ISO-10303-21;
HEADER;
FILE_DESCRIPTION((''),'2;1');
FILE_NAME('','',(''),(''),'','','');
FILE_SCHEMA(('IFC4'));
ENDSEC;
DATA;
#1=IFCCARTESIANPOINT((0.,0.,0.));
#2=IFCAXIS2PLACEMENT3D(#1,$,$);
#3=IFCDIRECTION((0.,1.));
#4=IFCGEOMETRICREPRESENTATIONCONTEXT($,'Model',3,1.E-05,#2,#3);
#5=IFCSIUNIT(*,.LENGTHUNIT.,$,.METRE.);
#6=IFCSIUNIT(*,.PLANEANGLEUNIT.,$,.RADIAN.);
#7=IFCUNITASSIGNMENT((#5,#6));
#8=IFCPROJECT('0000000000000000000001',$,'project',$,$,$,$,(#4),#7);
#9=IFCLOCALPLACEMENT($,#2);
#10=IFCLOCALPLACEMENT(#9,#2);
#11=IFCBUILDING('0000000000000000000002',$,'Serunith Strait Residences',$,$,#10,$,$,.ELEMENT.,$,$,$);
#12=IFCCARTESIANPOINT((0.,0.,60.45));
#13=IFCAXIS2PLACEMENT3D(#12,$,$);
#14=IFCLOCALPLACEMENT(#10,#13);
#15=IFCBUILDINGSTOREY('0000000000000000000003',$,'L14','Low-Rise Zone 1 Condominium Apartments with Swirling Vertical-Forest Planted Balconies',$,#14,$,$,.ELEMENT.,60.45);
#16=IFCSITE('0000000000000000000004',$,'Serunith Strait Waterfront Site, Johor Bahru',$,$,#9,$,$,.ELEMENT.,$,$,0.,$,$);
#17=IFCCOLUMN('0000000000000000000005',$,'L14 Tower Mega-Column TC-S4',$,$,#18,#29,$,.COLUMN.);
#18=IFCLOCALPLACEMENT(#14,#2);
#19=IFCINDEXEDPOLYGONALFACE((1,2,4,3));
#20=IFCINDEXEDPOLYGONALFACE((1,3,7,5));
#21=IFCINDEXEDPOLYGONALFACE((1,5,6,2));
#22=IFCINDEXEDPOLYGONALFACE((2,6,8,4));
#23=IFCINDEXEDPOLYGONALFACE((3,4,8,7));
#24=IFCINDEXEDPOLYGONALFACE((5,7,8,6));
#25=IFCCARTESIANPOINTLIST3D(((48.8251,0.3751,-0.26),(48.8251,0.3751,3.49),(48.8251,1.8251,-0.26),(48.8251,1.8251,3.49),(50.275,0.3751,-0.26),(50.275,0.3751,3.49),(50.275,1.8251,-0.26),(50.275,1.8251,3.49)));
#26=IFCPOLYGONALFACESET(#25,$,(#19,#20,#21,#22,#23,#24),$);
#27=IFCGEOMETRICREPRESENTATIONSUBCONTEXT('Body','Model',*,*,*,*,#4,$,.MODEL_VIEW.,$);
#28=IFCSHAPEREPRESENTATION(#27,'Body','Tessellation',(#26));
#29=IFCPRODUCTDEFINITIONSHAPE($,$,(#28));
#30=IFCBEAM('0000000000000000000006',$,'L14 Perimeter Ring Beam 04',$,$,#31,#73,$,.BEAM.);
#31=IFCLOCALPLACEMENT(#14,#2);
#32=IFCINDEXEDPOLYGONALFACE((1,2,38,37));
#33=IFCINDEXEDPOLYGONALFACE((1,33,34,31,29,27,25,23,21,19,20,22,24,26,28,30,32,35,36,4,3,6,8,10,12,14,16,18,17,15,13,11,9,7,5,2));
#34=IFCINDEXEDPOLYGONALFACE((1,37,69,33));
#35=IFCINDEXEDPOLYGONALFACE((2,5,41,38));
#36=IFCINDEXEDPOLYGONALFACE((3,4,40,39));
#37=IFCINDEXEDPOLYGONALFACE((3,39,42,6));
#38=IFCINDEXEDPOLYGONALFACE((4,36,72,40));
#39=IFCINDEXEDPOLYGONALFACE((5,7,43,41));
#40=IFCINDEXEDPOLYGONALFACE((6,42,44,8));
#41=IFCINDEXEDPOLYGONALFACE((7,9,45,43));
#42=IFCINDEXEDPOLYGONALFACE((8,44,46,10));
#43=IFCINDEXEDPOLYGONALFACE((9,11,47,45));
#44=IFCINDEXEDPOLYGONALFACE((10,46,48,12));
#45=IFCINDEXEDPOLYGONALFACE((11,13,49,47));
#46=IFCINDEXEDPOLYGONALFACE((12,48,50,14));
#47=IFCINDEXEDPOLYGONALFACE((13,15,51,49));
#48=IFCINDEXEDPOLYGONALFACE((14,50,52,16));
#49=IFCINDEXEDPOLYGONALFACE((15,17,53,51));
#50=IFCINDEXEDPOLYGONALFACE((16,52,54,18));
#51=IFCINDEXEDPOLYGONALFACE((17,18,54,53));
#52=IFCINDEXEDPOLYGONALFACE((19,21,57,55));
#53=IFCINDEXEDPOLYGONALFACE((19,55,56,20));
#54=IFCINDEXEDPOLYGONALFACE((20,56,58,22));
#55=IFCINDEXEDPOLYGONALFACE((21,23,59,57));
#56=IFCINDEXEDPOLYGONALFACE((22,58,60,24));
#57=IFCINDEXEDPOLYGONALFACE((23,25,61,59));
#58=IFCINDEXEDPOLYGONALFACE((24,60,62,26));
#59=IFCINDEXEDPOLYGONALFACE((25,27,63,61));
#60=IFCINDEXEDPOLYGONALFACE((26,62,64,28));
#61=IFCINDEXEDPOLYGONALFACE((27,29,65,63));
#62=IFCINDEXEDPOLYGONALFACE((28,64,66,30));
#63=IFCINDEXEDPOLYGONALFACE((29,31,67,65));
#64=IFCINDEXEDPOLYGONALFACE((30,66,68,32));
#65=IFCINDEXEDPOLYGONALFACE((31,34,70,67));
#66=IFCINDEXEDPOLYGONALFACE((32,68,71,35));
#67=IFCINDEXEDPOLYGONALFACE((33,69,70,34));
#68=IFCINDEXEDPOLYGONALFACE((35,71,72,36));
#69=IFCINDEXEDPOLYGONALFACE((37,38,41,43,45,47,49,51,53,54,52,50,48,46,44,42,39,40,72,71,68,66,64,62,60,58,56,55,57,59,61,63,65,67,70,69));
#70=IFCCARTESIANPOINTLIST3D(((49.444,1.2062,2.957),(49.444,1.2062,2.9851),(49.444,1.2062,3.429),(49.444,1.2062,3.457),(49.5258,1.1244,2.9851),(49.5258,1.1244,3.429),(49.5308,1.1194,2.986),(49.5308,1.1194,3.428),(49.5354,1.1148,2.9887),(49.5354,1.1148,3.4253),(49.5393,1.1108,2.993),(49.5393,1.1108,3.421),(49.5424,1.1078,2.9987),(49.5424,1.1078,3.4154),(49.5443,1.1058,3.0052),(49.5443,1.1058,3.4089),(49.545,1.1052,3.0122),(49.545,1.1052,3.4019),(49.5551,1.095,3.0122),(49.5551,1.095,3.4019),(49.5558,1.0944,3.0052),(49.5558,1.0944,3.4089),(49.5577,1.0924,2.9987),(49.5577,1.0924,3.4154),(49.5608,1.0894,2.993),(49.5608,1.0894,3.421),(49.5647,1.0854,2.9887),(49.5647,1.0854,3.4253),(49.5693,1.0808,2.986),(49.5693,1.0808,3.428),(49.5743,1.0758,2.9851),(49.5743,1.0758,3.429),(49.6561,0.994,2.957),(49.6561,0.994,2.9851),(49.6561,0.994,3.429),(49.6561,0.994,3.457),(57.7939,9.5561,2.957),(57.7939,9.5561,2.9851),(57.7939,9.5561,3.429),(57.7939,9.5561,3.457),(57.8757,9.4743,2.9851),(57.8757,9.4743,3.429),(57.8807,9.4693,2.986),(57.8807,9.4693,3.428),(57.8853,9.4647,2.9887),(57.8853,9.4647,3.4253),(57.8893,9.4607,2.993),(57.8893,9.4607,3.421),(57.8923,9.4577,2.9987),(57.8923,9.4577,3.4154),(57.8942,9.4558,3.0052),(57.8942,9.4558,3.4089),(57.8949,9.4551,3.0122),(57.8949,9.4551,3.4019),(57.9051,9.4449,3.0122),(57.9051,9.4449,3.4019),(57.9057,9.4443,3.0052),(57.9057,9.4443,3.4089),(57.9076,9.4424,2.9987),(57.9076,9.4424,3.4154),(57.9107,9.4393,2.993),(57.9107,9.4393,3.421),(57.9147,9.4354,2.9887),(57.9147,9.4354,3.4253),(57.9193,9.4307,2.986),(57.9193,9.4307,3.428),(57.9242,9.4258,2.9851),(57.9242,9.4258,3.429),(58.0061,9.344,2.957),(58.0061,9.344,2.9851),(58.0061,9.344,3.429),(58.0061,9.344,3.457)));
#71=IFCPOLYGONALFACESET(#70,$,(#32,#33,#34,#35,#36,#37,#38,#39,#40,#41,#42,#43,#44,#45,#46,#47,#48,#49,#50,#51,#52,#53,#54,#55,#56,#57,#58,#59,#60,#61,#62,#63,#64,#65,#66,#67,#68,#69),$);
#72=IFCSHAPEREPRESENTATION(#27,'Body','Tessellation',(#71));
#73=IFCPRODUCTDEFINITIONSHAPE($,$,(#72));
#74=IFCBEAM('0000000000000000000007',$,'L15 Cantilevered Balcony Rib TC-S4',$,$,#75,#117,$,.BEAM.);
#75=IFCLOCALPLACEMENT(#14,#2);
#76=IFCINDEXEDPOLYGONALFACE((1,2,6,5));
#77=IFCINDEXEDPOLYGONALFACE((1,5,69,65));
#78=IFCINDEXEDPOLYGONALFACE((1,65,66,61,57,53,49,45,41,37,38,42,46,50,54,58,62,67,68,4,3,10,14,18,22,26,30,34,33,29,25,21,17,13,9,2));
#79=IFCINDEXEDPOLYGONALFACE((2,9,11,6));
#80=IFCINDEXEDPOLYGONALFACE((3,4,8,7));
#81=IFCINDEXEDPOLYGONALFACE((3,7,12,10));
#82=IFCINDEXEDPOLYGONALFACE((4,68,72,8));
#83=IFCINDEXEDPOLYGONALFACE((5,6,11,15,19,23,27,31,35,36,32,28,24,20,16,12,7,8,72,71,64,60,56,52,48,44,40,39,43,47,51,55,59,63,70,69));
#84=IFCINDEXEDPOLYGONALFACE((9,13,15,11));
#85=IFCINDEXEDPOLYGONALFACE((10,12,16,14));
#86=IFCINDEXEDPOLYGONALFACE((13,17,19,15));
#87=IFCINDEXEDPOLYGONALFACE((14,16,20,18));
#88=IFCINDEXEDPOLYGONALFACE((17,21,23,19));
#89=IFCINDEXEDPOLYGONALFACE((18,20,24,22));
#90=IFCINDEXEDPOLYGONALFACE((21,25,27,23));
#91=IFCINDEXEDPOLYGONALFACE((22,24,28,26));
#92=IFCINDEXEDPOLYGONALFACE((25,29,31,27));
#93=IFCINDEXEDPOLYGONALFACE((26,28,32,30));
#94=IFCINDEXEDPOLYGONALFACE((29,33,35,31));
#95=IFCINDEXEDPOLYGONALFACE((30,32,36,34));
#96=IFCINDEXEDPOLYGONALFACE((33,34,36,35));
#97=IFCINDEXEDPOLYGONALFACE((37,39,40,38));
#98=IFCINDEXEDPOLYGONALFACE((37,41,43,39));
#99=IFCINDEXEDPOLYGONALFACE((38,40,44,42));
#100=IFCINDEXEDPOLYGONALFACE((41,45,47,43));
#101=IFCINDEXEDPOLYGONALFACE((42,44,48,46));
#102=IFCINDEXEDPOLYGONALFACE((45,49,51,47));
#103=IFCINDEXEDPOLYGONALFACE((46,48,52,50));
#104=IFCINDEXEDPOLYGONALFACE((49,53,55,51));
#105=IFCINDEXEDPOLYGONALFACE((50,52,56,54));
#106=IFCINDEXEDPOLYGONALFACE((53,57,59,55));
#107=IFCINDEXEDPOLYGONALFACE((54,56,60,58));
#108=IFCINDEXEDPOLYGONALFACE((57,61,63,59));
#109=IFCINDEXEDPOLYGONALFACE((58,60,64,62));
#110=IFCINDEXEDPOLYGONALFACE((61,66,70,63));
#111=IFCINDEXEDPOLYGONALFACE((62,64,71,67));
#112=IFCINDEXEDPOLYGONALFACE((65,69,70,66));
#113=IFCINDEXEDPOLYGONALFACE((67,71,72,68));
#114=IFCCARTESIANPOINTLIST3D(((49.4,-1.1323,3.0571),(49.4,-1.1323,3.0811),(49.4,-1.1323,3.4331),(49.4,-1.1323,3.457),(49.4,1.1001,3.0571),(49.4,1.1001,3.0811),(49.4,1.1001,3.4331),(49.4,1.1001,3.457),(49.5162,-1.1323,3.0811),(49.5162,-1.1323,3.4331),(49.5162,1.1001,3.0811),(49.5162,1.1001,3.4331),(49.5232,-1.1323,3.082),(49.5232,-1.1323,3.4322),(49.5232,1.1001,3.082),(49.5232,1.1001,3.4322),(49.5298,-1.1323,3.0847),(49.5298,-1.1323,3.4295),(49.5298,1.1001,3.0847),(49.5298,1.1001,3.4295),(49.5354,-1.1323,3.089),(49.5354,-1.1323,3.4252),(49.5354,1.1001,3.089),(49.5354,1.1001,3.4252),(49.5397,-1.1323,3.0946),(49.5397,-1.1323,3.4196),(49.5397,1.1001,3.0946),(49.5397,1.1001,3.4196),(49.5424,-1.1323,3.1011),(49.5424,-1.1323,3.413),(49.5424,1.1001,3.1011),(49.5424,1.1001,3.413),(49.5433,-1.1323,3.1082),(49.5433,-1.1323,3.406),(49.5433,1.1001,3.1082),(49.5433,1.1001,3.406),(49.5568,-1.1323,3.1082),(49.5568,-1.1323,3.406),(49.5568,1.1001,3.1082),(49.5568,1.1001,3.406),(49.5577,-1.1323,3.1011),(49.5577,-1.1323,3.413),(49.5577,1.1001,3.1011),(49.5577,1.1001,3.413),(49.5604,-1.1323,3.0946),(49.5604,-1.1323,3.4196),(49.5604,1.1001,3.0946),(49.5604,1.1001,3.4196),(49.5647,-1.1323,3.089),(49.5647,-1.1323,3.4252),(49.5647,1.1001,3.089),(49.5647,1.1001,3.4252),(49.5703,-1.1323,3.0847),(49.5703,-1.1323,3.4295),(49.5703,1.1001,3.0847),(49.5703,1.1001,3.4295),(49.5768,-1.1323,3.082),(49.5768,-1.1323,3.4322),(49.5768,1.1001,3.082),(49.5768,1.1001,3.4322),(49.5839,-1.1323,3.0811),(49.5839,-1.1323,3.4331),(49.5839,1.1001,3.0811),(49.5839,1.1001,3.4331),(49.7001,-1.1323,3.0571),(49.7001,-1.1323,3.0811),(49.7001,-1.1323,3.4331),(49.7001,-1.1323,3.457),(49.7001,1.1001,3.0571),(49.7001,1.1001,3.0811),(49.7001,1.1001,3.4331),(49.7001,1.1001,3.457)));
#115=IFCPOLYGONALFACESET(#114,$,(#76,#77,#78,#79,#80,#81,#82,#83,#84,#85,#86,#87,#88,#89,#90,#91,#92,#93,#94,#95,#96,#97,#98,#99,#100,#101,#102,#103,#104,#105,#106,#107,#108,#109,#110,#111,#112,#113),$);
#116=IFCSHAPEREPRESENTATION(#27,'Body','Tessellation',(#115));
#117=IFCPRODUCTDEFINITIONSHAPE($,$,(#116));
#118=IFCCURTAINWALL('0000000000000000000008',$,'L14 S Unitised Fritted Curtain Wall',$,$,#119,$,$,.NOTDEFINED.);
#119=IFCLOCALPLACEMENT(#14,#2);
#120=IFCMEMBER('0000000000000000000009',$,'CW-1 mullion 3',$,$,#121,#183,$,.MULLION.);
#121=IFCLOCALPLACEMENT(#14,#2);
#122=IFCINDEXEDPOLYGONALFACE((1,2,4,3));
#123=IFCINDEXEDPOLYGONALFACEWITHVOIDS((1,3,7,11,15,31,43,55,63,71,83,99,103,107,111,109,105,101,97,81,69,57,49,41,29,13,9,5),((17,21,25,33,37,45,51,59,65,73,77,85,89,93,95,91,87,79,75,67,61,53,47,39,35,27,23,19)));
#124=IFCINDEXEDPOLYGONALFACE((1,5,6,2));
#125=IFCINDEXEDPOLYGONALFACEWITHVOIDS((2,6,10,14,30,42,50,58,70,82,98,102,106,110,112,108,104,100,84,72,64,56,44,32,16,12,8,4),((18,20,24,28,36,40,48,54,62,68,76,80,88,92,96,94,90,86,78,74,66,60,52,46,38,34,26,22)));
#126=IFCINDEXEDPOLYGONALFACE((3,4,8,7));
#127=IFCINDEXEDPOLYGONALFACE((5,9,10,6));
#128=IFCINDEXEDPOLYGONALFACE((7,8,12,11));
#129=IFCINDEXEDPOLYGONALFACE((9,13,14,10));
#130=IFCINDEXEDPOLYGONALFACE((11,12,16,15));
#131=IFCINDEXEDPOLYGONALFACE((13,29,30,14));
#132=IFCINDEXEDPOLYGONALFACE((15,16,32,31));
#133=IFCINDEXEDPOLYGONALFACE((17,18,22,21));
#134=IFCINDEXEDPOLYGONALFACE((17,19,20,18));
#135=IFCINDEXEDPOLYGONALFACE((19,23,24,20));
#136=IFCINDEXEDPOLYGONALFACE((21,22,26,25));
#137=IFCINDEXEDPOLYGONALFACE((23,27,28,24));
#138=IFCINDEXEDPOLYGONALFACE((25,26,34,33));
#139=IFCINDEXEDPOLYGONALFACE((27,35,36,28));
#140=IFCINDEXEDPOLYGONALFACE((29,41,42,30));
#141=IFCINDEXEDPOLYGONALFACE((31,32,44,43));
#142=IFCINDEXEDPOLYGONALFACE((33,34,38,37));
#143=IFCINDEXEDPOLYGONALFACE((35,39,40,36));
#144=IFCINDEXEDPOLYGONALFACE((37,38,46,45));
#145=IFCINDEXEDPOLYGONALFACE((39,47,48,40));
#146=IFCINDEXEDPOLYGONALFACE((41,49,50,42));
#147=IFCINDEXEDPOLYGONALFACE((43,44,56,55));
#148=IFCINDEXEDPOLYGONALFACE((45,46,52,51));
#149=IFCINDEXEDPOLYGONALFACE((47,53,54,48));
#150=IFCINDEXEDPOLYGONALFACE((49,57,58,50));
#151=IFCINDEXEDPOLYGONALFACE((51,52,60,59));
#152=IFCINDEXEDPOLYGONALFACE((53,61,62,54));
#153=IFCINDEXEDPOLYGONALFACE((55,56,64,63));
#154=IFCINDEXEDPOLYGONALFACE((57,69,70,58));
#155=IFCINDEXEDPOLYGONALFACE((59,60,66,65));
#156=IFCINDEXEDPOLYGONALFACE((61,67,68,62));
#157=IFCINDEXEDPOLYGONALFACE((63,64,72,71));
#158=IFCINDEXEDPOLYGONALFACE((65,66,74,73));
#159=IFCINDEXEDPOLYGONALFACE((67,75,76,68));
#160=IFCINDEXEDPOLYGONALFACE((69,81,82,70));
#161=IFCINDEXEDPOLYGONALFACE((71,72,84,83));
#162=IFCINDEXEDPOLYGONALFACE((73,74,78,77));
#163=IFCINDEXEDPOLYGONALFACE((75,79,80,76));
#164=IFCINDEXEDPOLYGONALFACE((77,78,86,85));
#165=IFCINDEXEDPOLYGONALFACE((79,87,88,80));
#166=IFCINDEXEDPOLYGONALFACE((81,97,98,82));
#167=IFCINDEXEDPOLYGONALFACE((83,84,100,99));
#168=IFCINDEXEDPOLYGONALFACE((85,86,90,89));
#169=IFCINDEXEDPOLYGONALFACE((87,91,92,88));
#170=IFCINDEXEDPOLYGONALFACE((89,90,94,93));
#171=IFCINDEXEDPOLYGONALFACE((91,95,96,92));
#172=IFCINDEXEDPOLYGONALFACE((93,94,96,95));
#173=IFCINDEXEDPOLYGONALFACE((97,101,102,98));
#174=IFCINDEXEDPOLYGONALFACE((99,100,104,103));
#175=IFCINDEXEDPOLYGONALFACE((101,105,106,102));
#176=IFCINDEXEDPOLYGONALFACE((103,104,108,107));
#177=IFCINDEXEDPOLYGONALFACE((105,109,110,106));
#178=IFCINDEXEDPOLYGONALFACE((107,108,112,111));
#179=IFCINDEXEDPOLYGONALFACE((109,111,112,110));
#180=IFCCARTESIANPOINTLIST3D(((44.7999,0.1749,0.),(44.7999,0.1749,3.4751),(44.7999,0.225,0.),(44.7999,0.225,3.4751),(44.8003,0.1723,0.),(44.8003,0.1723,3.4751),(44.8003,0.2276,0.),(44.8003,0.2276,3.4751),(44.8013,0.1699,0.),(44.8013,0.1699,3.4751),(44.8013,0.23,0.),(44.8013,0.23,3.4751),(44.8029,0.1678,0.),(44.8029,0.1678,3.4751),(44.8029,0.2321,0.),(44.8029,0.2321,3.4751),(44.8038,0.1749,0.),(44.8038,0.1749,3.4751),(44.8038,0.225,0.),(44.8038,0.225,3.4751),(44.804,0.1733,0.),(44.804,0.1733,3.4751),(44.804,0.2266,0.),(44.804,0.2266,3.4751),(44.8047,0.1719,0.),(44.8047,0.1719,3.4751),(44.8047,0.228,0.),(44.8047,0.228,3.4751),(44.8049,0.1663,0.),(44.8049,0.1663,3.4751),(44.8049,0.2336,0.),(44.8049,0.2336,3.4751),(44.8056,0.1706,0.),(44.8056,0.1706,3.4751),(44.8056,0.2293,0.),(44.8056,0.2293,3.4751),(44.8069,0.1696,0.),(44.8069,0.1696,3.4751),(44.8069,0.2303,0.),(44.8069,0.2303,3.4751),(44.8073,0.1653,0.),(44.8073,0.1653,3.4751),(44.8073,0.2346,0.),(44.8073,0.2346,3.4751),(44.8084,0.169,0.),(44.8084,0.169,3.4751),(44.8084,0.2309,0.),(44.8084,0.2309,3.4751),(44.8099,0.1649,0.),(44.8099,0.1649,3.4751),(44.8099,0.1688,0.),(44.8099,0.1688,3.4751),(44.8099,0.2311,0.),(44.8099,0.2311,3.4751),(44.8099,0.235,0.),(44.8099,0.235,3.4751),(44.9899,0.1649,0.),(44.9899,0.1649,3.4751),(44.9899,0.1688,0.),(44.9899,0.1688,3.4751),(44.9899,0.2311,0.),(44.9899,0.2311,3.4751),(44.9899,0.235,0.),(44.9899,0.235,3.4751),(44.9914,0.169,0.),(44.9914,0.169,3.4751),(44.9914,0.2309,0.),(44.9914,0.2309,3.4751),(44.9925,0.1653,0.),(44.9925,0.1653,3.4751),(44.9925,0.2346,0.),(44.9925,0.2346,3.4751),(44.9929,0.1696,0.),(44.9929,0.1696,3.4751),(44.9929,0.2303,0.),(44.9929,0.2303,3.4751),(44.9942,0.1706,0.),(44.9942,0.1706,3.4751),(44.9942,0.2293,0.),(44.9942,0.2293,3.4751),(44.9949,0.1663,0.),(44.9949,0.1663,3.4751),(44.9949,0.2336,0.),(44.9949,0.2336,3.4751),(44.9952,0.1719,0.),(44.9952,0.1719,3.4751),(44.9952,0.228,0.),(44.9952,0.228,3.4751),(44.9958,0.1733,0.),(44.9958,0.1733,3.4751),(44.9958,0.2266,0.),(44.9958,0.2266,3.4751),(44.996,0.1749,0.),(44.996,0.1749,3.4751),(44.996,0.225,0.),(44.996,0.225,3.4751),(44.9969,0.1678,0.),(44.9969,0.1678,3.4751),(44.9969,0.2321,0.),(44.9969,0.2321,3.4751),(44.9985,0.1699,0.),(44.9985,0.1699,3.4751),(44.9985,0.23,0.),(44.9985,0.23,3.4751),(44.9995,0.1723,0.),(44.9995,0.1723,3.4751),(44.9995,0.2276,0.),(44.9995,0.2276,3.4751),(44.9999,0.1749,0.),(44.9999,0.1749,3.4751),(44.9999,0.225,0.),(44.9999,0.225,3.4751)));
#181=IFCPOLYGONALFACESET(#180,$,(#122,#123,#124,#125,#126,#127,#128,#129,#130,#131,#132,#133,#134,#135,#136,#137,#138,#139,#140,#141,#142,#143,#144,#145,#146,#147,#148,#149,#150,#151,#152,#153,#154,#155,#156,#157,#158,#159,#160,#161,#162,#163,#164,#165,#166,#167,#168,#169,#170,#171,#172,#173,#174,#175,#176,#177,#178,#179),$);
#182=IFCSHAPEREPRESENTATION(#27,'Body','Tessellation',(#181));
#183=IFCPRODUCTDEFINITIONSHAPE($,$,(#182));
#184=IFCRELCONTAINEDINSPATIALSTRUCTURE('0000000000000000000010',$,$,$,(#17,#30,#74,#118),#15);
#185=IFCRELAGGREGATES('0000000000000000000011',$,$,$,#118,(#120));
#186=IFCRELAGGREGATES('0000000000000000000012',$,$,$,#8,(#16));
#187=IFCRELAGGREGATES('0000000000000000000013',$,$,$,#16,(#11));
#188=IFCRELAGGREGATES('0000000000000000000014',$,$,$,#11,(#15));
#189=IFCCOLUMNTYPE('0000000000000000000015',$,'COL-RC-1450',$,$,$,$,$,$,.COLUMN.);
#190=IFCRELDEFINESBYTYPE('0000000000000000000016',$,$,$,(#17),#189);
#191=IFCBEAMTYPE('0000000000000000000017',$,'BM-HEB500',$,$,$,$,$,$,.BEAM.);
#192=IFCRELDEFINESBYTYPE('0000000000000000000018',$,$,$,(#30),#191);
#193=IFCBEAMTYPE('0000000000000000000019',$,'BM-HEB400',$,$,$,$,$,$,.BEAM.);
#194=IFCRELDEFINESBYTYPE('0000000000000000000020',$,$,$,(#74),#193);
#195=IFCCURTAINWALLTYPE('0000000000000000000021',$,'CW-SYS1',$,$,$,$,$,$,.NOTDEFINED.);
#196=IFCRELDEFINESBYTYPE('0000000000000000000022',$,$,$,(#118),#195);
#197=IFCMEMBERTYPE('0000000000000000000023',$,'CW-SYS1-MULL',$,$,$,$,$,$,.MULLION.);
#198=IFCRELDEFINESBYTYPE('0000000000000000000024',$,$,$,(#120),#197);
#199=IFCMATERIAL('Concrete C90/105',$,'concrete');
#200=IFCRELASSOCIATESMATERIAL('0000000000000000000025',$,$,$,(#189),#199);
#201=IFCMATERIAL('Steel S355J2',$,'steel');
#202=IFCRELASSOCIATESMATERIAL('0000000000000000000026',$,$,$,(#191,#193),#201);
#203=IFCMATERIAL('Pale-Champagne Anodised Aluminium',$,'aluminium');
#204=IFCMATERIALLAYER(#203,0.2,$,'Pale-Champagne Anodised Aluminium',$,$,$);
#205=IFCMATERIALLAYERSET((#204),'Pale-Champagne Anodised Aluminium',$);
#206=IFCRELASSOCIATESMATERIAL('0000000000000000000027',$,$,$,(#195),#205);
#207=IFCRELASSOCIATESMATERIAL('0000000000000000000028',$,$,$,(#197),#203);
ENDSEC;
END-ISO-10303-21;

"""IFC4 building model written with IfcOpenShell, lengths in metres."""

from ifc_helpers import new_model, si_unit, direction, frame, origin, origin_2d, place, context, subcontext, project, spatial, rectangle, hollow_rectangle, i_section, extrude, source, transform, mapped, material, layer, layer_set, material_profile, profile_set, type_object, element, aggregate, save


model = new_model("IFC4")

# Units and contexts
model_context = context("Model", 3, precision=1e-05, world=origin(), true_north=direction((0.0, 1.0)))
body_context = subcontext(model_context, "Body", "Model", "MODEL_VIEW")
ifc_project = project(units=[si_unit("LENGTHUNIT", "METRE"), si_unit("PLANEANGLEUNIT", "RADIAN")], contexts=[model_context])

# Site, building, storey
site_placement = place(None, origin())
site = spatial("IfcSite", under=ifc_project, at=site_placement, Name="Serunith Strait Waterfront Site, Johor Bahru", CompositionType="ELEMENT", RefElevation=0.0)
building_placement = place(site_placement, origin())
building = spatial("IfcBuilding", under=site, at=building_placement, Name="Serunith Strait Residences", CompositionType="ELEMENT")
storey_placement = place(building_placement, frame((0.0, 0.0, 60.45)))
storey = spatial("IfcBuildingStorey", under=building, at=storey_placement, Name="L14", Description="Low-Rise Zone 1 Condominium Apartments with Swirling Vertical-Forest Planted Balconies", CompositionType="ELEMENT", Elevation=60.45)

# Column
ifc_material_1 = material(Name="Concrete C90/105", Category="concrete")
ifc_material_profile_1 = material_profile(ifc_material_1, rectangle(XDim=1.45, YDim=1.45, at=origin_2d()), Name="RC 1450x1450")
ifc_profile_set_1 = profile_set([ifc_material_profile_1], Name="Concrete C90/105")
column_type = type_object("IfcColumnType", Name="COL-RC-1450", PredefinedType="COLUMN", material=ifc_profile_set_1)
shared_shape_1 = source(origin(), body_context, "Body", "SweptSolid", [
    extrude(rectangle(XDim=1.45, YDim=1.45, at=origin_2d()), origin(), (0.0, 0.0, 1.0), 3.75),
])
column_placement = place(storey_placement, frame((49.55, 1.1001, -0.26), z_axis=(0.0, 0.0, 1.0), x_axis=(1.0, 0.0, 0.0)))
element("IfcColumn", 1, at=column_placement, inside=storey, type_object=column_type, Name="L14 Tower Mega-Column TC-S4", PredefinedType="COLUMN", context=body_context, shape_type="MappedRepresentation", body=[
    mapped(shared_shape_1, transform((0.0, 0.0, 0.0), scale=1.0)),
])

# Beams
ifc_material_2 = material(Name="Steel S355J2", Category="steel")
ifc_material_profile_2 = material_profile(ifc_material_2, i_section(OverallWidth=0.3, OverallDepth=0.5, WebThickness=0.0144, FlangeThickness=0.0281, FilletRadius=0.0271, at=origin_2d()), Name="HEB 500")
ifc_profile_set_2 = profile_set([ifc_material_profile_2], Name="Steel S355J2")
beam_type_1 = type_object("IfcBeamType", Name="BM-HEB500", PredefinedType="BEAM", material=ifc_profile_set_2)
shared_shape_2 = source(origin(), body_context, "Body", "SweptSolid", [
    extrude(i_section(OverallWidth=0.3, OverallDepth=0.5, WebThickness=0.0144, FlangeThickness=0.0281, FilletRadius=0.0271, at=origin_2d()), origin(), (0.0, 0.0, 1.0), 11.8086),
])
beam_1_placement = place(storey_placement, frame((49.55, 1.1001, 3.207), z_axis=(0.707107, 0.707107, 0.0), x_axis=(-0.707107, 0.707107, 0.0)))
element("IfcBeam", 2, at=beam_1_placement, inside=storey, type_object=beam_type_1, Name="L14 Perimeter Ring Beam 04", PredefinedType="BEAM", context=body_context, shape_type="MappedRepresentation", body=[
    mapped(shared_shape_2, transform((0.0, 0.0, 0.0), scale=1.0)),
])
ifc_material_profile_3 = material_profile(ifc_material_2, i_section(OverallWidth=0.3, OverallDepth=0.3999, WebThickness=0.0134, FlangeThickness=0.0239, FilletRadius=0.0271, at=origin_2d()), Name="HEB 400")
ifc_profile_set_3 = profile_set([ifc_material_profile_3], Name="Steel S355J2")
beam_type_2 = type_object("IfcBeamType", Name="BM-HEB400", PredefinedType="BEAM", material=ifc_profile_set_3)
shared_shape_3 = source(origin(), body_context, "Body", "SweptSolid", [
    extrude(i_section(OverallWidth=0.3, OverallDepth=0.3999, WebThickness=0.0134, FlangeThickness=0.0239, FilletRadius=0.0271, at=origin_2d()), origin(), (0.0, 0.0, 1.0), 2.2324),
])
beam_2_placement = place(storey_placement, frame((49.55, 1.1001, 3.2571), z_axis=(0.0, -1.0, 0.0), x_axis=(1.0, 0.0, 0.0)))
element("IfcBeam", 3, at=beam_2_placement, inside=storey, type_object=beam_type_2, Name="L15 Cantilevered Balcony Rib TC-S4", PredefinedType="BEAM", context=body_context, shape_type="MappedRepresentation", body=[
    mapped(shared_shape_3, transform((0.0, 0.0, 0.0), scale=1.0)),
])

# Curtain wall, member
ifc_material_3 = material(Name="Pale-Champagne Anodised Aluminium", Category="aluminium")
ifc_layer_1 = layer(ifc_material_3, 0.2, Name="Pale-Champagne Anodised Aluminium")
ifc_layer_set_1 = layer_set([ifc_layer_1], Name="Pale-Champagne Anodised Aluminium")
curtain_wall_type = type_object("IfcCurtainWallType", Name="CW-SYS1", PredefinedType="NOTDEFINED", material=ifc_layer_set_1)
curtain_wall_1_placement = place(storey_placement, origin())
curtain_wall_1 = element("IfcCurtainWall", 4, at=curtain_wall_1_placement, inside=storey, type_object=curtain_wall_type, Name="L14 S Unitised Fritted Curtain Wall", PredefinedType="NOTDEFINED")
ifc_material_profile_4 = material_profile(ifc_material_3, hollow_rectangle(XDim=0.0701, YDim=0.2, WallThickness=0.0039, InnerFilletRadius=0.0061, OuterFilletRadius=0.01, at=origin_2d()), Name="ALU 200x70x4")
ifc_profile_set_4 = profile_set([ifc_material_profile_4], Name="Pale-Champagne Anodised Aluminium")
member_type_1 = type_object("IfcMemberType", Name="CW-SYS1-MULL", PredefinedType="MULLION", material=ifc_profile_set_4)
shared_shape_4 = source(origin(), body_context, "Body", "SweptSolid", [
    extrude(hollow_rectangle(XDim=0.0701, YDim=0.2, WallThickness=0.0039, InnerFilletRadius=0.0061, OuterFilletRadius=0.01, at=origin_2d()), origin(), (0.0, 0.0, 1.0), 3.4751),
])
member_1_placement = place(storey_placement, frame((44.8999, 0.2, 0.0), z_axis=(0.0, 0.0, 1.0), x_axis=(0.0, 1.0, 0.0)))
member_1 = element("IfcMember", 5, at=member_1_placement, type_object=member_type_1, Name="CW-1 mullion 3", PredefinedType="MULLION", context=body_context, shape_type="MappedRepresentation", body=[
    mapped(shared_shape_4, transform((0.0, 0.0, 0.0), scale=1.0)),
])

aggregate(curtain_wall_1, [member_1])

save(model, "model.ifc")
